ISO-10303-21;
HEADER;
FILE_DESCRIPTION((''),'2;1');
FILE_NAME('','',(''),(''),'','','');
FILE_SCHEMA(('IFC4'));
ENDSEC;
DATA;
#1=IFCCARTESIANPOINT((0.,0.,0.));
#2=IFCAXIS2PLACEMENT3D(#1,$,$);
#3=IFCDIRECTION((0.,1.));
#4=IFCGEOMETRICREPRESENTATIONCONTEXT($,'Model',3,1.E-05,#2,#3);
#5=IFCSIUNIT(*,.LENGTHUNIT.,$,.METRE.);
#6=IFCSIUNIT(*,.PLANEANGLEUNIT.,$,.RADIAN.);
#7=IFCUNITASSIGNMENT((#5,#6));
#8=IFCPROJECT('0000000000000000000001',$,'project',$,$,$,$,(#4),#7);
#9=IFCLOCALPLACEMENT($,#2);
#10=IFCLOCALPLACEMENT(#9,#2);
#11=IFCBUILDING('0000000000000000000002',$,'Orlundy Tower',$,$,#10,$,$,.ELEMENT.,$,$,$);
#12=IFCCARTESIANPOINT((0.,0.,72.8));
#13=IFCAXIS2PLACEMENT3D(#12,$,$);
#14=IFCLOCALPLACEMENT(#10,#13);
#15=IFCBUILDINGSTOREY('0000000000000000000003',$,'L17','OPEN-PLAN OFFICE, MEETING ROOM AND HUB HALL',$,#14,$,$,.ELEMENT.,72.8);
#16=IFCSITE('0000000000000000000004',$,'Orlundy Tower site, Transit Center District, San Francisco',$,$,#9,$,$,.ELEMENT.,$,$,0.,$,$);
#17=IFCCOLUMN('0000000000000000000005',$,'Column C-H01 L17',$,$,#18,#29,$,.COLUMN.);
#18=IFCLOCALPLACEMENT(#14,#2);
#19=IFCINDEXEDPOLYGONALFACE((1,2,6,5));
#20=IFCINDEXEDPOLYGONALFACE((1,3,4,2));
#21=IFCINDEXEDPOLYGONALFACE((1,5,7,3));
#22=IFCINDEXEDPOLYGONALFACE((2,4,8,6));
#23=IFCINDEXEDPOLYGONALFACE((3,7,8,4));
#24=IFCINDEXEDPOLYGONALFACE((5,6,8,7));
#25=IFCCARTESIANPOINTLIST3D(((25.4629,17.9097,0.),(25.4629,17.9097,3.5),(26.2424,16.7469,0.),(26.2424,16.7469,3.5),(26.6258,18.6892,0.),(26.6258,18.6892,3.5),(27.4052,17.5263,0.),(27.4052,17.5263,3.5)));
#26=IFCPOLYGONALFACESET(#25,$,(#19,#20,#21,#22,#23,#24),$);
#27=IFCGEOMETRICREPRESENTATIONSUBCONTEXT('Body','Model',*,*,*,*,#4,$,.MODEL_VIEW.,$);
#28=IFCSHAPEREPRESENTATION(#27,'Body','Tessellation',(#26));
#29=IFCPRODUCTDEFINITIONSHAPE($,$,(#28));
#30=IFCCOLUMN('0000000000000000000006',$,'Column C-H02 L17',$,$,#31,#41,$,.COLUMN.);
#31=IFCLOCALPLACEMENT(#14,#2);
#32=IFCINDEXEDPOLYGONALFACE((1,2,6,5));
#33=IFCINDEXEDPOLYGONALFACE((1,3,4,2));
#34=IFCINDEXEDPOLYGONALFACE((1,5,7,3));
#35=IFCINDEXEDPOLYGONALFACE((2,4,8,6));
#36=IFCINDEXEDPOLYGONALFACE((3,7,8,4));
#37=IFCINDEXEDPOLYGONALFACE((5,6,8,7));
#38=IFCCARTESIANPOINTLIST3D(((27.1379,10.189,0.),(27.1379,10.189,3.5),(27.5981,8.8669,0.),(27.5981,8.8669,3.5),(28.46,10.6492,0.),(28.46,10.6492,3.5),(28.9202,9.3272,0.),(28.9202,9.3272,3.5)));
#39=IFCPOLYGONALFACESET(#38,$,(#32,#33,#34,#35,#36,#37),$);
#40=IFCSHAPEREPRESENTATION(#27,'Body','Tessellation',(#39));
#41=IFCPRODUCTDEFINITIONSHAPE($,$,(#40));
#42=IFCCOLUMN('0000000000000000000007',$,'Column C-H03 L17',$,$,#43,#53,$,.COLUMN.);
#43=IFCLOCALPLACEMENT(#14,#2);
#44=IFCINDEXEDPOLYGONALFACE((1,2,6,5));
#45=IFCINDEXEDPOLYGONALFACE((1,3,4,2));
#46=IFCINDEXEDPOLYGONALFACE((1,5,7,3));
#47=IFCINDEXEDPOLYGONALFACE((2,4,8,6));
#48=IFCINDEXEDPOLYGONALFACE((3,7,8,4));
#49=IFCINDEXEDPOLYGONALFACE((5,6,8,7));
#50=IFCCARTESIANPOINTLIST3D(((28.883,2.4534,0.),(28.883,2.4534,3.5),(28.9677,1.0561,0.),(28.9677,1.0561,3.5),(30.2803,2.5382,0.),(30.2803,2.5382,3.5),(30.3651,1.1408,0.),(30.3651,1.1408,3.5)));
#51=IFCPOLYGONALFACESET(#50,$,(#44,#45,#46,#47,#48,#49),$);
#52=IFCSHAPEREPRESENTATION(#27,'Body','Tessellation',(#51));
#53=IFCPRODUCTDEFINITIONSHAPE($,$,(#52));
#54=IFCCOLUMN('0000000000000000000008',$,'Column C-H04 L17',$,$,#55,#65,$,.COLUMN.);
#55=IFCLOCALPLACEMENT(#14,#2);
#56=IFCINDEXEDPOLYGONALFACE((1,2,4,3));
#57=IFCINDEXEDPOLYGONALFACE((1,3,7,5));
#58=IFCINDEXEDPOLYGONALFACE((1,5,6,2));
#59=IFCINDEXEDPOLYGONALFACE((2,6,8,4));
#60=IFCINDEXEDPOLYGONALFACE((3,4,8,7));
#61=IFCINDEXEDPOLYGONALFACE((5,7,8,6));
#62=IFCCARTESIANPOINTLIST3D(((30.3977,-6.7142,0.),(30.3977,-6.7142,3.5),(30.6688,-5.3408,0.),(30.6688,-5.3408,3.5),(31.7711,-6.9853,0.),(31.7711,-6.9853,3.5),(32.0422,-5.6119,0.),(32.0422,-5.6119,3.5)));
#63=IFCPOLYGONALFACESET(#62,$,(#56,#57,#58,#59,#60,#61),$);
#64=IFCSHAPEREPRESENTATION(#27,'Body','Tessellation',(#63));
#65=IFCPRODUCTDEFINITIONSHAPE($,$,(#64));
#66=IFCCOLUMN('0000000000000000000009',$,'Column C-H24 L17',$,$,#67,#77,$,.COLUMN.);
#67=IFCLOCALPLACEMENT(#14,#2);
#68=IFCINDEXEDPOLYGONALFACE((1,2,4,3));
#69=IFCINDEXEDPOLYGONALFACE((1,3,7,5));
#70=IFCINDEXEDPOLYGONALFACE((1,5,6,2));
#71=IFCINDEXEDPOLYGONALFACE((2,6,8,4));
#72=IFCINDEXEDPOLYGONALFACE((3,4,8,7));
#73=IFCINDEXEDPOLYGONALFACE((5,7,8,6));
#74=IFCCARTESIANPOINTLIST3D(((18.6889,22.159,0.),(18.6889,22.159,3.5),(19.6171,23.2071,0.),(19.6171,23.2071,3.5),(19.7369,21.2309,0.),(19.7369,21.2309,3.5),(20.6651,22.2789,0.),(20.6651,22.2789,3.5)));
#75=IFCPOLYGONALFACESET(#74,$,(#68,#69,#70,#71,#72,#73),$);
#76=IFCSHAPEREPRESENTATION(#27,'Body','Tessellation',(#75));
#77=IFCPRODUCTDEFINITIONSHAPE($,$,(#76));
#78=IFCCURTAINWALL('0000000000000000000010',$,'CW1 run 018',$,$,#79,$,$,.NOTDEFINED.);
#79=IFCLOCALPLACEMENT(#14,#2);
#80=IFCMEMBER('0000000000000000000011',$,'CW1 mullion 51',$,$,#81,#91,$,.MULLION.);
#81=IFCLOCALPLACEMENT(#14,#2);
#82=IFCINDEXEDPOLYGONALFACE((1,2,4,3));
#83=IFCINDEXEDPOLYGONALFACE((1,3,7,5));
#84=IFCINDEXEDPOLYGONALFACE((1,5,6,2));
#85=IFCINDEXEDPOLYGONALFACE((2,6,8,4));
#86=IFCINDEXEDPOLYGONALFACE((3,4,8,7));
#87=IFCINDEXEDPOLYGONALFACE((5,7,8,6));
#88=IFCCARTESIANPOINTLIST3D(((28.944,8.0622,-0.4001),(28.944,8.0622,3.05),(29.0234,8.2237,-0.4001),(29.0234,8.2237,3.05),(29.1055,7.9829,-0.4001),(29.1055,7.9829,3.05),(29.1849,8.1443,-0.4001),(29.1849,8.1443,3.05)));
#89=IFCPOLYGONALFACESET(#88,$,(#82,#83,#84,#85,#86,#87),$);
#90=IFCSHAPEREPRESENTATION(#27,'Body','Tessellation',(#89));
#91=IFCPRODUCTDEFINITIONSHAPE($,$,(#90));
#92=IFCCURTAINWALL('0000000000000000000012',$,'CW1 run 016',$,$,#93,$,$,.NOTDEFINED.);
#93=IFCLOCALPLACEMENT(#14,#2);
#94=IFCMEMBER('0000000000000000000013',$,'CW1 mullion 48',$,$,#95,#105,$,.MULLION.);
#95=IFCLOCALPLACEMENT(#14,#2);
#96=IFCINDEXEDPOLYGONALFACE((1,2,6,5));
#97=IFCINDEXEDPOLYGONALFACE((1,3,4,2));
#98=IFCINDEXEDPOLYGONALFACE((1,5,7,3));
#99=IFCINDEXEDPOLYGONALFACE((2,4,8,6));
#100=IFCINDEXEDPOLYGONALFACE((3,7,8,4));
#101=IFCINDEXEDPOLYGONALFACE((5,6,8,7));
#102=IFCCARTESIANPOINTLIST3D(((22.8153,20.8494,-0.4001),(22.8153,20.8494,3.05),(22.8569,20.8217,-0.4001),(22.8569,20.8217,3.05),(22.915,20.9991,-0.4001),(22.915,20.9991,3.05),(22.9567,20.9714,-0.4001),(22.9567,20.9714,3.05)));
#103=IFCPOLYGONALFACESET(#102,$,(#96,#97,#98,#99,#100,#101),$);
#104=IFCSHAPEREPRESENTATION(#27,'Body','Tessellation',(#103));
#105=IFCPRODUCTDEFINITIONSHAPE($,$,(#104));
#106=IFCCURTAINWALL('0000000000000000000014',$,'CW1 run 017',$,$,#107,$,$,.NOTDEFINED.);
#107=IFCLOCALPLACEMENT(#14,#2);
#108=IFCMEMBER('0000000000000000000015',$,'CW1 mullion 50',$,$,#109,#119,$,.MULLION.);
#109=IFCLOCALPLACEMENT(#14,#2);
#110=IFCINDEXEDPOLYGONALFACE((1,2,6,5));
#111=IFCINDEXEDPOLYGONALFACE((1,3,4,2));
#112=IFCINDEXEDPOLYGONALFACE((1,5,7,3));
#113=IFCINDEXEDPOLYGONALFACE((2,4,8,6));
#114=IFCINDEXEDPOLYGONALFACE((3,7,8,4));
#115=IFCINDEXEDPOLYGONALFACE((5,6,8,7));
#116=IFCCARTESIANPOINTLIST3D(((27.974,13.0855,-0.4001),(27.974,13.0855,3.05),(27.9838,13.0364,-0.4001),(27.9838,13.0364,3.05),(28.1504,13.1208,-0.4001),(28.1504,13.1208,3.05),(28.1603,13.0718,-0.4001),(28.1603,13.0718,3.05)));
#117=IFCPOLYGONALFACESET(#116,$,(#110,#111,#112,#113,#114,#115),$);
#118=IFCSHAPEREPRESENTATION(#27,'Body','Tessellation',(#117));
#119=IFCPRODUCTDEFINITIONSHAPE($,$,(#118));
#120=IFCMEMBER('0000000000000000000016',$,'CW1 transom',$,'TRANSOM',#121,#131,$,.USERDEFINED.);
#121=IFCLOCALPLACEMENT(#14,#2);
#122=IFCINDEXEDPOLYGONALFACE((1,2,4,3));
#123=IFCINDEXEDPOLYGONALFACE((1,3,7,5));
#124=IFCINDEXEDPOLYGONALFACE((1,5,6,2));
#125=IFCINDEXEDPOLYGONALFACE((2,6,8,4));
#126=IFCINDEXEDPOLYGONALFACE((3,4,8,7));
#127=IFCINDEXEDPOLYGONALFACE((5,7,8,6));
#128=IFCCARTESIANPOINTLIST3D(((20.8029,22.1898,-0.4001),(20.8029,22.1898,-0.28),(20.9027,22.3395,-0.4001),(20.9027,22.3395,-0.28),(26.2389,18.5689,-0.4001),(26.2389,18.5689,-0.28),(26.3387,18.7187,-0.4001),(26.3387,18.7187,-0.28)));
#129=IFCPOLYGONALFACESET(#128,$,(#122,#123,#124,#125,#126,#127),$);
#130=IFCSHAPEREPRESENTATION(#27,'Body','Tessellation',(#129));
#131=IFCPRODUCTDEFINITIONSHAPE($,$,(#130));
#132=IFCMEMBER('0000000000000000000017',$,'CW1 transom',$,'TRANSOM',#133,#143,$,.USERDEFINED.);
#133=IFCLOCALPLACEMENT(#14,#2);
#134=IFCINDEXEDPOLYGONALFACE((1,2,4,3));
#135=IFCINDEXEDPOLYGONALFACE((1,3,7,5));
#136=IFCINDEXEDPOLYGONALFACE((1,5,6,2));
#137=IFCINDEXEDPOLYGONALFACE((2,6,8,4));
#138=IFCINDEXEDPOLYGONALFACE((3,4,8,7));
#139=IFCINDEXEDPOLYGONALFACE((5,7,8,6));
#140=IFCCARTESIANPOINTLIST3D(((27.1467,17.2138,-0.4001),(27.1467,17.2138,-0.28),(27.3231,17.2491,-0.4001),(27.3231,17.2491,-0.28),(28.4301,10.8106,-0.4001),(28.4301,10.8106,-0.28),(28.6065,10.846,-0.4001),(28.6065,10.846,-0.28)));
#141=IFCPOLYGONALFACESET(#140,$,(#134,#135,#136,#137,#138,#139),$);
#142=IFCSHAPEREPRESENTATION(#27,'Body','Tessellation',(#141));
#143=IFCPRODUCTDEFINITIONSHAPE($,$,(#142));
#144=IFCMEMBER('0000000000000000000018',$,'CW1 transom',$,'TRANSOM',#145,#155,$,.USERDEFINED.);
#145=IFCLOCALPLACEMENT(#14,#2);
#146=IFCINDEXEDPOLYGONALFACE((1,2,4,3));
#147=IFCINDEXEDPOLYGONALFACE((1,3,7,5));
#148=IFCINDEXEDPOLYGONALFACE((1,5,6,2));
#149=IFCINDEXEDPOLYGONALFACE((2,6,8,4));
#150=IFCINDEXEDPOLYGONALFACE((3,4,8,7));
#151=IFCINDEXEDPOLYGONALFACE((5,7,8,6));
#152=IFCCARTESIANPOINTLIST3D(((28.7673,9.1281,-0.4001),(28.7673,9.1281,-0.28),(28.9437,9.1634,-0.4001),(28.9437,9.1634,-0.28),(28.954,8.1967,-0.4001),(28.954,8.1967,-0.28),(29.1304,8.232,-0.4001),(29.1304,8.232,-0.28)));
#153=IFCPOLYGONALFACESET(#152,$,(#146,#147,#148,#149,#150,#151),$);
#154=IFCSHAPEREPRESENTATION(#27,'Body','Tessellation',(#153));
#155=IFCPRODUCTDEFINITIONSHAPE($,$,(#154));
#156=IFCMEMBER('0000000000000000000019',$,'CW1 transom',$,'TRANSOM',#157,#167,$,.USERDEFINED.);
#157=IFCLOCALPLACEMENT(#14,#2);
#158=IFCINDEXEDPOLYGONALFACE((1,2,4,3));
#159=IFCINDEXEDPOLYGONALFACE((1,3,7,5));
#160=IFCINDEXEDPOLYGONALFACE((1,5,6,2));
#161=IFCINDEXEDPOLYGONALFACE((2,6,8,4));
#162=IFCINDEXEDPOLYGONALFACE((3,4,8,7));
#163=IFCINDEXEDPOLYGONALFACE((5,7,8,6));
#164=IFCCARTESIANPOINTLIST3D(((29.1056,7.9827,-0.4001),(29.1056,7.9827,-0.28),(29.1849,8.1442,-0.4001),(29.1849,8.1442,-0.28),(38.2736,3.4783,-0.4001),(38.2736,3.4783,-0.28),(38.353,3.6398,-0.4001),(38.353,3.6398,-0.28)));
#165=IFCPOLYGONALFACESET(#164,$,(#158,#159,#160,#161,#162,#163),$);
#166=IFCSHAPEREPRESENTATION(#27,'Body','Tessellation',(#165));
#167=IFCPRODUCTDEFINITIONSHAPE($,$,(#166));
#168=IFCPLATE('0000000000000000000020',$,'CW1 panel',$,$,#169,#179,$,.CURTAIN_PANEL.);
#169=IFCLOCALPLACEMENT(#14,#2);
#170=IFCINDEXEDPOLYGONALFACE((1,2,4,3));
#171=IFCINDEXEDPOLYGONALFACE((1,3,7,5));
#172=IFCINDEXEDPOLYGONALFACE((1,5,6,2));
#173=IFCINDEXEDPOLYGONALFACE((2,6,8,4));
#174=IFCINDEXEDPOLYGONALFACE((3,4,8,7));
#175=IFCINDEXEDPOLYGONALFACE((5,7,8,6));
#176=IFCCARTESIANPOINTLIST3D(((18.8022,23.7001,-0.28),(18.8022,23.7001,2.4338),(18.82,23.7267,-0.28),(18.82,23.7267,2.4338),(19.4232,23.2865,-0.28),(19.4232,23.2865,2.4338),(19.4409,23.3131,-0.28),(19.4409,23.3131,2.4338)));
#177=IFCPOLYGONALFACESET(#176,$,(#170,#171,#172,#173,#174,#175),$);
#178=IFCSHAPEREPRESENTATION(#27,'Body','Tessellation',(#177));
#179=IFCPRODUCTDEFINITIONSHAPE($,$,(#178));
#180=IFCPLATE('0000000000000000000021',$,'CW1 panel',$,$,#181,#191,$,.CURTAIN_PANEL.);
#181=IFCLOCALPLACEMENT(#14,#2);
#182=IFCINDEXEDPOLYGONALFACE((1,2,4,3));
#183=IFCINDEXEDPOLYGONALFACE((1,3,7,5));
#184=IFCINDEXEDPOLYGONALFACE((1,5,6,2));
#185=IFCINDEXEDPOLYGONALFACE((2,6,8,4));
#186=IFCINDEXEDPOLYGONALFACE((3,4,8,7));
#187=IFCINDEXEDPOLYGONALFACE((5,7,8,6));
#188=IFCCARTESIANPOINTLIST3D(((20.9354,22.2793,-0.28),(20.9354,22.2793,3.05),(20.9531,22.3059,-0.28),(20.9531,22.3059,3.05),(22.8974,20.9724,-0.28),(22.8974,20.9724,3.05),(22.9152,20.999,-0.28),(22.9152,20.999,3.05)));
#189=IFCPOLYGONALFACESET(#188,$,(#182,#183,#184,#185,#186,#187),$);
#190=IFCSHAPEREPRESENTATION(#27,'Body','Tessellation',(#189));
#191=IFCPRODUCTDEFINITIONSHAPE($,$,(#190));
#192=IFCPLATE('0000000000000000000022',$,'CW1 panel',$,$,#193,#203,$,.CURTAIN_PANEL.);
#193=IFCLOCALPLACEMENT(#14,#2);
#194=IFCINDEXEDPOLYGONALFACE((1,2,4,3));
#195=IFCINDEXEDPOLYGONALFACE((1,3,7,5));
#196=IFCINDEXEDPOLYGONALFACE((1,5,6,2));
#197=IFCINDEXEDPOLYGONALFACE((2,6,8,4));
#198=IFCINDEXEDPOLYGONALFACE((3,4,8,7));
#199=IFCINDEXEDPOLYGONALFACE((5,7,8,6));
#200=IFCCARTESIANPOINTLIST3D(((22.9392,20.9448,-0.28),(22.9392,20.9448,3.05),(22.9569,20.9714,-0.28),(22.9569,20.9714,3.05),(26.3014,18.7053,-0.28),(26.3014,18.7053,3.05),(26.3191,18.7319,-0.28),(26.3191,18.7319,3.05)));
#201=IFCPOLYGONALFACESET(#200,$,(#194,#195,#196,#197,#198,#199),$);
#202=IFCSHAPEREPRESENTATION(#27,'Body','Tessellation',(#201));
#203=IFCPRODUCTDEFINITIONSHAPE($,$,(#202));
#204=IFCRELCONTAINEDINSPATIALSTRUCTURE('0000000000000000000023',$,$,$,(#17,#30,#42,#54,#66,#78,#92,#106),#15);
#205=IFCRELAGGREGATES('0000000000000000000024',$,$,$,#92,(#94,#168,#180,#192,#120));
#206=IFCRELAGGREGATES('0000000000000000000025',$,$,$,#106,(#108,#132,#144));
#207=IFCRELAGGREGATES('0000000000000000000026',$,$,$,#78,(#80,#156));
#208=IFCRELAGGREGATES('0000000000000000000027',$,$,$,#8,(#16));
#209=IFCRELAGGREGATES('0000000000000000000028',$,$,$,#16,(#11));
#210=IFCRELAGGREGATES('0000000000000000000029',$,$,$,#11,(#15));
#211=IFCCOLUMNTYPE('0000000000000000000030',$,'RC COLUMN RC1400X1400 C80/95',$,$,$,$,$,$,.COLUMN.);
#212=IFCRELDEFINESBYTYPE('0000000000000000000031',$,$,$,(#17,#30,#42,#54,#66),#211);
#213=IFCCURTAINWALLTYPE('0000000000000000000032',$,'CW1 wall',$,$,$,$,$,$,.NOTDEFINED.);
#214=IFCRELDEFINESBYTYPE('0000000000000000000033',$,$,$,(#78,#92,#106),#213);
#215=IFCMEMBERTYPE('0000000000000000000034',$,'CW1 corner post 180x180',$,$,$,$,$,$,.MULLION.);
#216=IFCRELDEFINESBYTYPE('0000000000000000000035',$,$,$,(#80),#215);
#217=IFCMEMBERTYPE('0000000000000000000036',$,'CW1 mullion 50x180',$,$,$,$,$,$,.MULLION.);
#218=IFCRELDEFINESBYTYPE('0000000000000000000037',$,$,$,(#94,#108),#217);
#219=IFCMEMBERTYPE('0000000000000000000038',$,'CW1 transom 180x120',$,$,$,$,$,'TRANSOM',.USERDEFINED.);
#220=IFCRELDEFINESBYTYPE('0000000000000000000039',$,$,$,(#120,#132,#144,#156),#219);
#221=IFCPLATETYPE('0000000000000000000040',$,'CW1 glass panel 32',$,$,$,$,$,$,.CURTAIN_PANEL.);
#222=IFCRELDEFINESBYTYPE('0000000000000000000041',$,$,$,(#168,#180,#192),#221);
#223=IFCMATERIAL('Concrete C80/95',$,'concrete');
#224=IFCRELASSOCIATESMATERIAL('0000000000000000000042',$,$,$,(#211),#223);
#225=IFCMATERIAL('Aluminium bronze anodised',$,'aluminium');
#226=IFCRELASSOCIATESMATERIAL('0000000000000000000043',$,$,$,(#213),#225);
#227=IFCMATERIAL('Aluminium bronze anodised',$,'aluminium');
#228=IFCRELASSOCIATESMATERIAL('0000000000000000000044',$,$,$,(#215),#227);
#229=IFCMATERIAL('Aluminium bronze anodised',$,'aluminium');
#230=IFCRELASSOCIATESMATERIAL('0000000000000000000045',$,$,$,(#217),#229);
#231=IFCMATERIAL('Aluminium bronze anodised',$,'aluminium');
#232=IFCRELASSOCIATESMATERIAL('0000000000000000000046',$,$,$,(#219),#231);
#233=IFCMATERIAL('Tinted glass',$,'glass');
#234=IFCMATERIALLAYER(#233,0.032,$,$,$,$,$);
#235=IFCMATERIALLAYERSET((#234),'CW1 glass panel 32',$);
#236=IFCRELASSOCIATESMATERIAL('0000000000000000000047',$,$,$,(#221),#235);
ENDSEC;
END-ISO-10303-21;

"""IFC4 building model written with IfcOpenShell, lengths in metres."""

from ifc_helpers import new_model, si_unit, direction, frame, origin, origin_2d, place, context, subcontext, project, spatial, rectangle, extrude, material, layer, layer_set, material_profile, profile_set, type_object, element, aggregate, save


model = new_model("IFC4")

# Units and contexts
model_context = context("Model", 3, precision=1e-05, world=origin(), true_north=direction((0.0, 1.0)))
body_context = subcontext(model_context, "Body", "Model", "MODEL_VIEW")
ifc_project = project(units=[si_unit("LENGTHUNIT", "METRE"), si_unit("PLANEANGLEUNIT", "RADIAN")], contexts=[model_context])

# Site, building, storey
site_placement = place(None, origin())
site = spatial("IfcSite", under=ifc_project, at=site_placement, Name="Orlundy Tower site, Transit Center District, San Francisco", CompositionType="ELEMENT", RefElevation=0.0)
building_placement = place(site_placement, origin())
building = spatial("IfcBuilding", under=site, at=building_placement, Name="Orlundy Tower", CompositionType="ELEMENT")
storey_placement = place(building_placement, frame((0.0, 0.0, 72.8)))
storey = spatial("IfcBuildingStorey", under=building, at=storey_placement, Name="L17", Description="OPEN-PLAN OFFICE, MEETING ROOM AND HUB HALL", CompositionType="ELEMENT", Elevation=72.8)

# Columns
ifc_material_1 = material(Name="Concrete C80/95", Category="concrete")
ifc_material_profile_1 = material_profile(ifc_material_1, rectangle(XDim=1.3999, YDim=1.3999, at=origin_2d()), Name="RC1400X1400")
ifc_profile_set_1 = profile_set([ifc_material_profile_1], Name="Concrete C80/95")
column_type = type_object("IfcColumnType", Name="RC COLUMN RC1400X1400 C80/95", PredefinedType="COLUMN", material=ifc_profile_set_1)
for number, where, z_axis, x_axis, name in (
    (1, (26.4341, 17.718, 0.0), (0.0, 0.0, 1.0), (0.830664, 0.556774, 0.0), "Column C-H01 L17"),
    (2, (28.0291, 9.7581, 0.0), (0.0, 0.0, 1.0), (0.944405, 0.328784, 0.0), "Column C-H02 L17"),
    (3, (29.624, 1.7971, 0.0), (0.0, 0.0, 1.0), (0.998166, 0.060543, 0.0), "Column C-H03 L17"),
    (4, (31.22, -6.1631, 0.0), (0.0, 0.0, 1.0), (0.981067, -0.193669, 0.0), "Column C-H04 L17"),
    (5, (19.677, 22.219, 0.0), (0.0, 0.0, 1.0), (0.662986, 0.748632, 0.0), "Column C-H24 L17"),
):
    element("IfcColumn", number, at=place(storey_placement, frame(where, z_axis=z_axis, x_axis=x_axis)), inside=storey, type_object=column_type, Name=name, PredefinedType="COLUMN", context=body_context, shape_type="SweptSolid", body=[
        extrude(rectangle(XDim=1.3999, YDim=1.3999, at=origin_2d()), origin(), (0.0, 0.0, 1.0), 3.5),
    ])

# Curtain walls, members
ifc_material_2 = material(Name="Aluminium bronze anodised", Category="aluminium")
curtain_wall_type = type_object("IfcCurtainWallType", Name="CW1 wall", PredefinedType="NOTDEFINED", material=ifc_material_2)
curtain_wall_1_placement = place(storey_placement, origin())
curtain_wall_1 = element("IfcCurtainWall", 6, at=curtain_wall_1_placement, inside=storey, type_object=curtain_wall_type, Name="CW1 run 018", PredefinedType="NOTDEFINED")
ifc_material_3 = material(Name="Aluminium bronze anodised", Category="aluminium")
ifc_material_profile_2 = material_profile(ifc_material_3, rectangle(XDim=0.1799, YDim=0.1799, at=origin_2d()), Name="CW1 corner post 180x180")
ifc_profile_set_2 = profile_set([ifc_material_profile_2], Name="Aluminium bronze anodised")
member_type_1 = type_object("IfcMemberType", Name="CW1 corner post 180x180", PredefinedType="MULLION", material=ifc_profile_set_2)
member_1_placement = place(storey_placement, frame((29.0645, 8.1033, -0.4001), z_axis=(0.0, 0.0, 1.0), x_axis=(0.440978, 0.897518, 0.0)))
member_1 = element("IfcMember", 7, at=member_1_placement, type_object=member_type_1, Name="CW1 mullion 51", PredefinedType="MULLION", context=body_context, shape_type="SweptSolid", body=[
    extrude(rectangle(XDim=0.1799, YDim=0.1799, at=origin_2d()), origin(), (0.0, 0.0, 1.0), 3.4502),
])
curtain_wall_2_placement = place(storey_placement, origin())
curtain_wall_2 = element("IfcCurtainWall", 8, at=curtain_wall_2_placement, inside=storey, type_object=curtain_wall_type, Name="CW1 run 016", PredefinedType="NOTDEFINED")
ifc_material_4 = material(Name="Aluminium bronze anodised", Category="aluminium")
ifc_material_profile_3 = material_profile(ifc_material_4, rectangle(XDim=0.1799, YDim=0.05, at=origin_2d()), Name="CW1 mullion 50x180")
ifc_profile_set_3 = profile_set([ifc_material_profile_3], Name="Aluminium bronze anodised")
member_type_2 = type_object("IfcMemberType", Name="CW1 mullion 50x180", PredefinedType="MULLION", material=ifc_profile_set_3)
member_2_placement = place(storey_placement, frame((22.886, 20.9104, -0.4001), z_axis=(0.0, 0.0, 1.0), x_axis=(0.554357, 0.832279, 0.0)))
member_2 = element("IfcMember", 9, at=member_2_placement, type_object=member_type_2, Name="CW1 mullion 48", PredefinedType="MULLION", context=body_context, shape_type="SweptSolid", body=[
    extrude(rectangle(XDim=0.1799, YDim=0.05, at=origin_2d()), origin(), (0.0, 0.0, 1.0), 3.4502),
])
curtain_wall_3_placement = place(storey_placement, origin())
curtain_wall_3 = element("IfcCurtainWall", 10, at=curtain_wall_3_placement, inside=storey, type_object=curtain_wall_type, Name="CW1 run 017", PredefinedType="NOTDEFINED")
member_3_placement = place(storey_placement, frame((28.0671, 13.0786, -0.4001), z_axis=(0.0, 0.0, 1.0), x_axis=(0.980498, 0.196529, 0.0)))
member_3 = element("IfcMember", 11, at=member_3_placement, type_object=member_type_2, Name="CW1 mullion 50", PredefinedType="MULLION", context=body_context, shape_type="SweptSolid", body=[
    extrude(rectangle(XDim=0.1799, YDim=0.05, at=origin_2d()), origin(), (0.0, 0.0, 1.0), 3.4502),
])

# Members
ifc_material_5 = material(Name="Aluminium bronze anodised", Category="aluminium")
ifc_material_profile_4 = material_profile(ifc_material_5, rectangle(XDim=0.1799, YDim=0.1201, at=origin_2d()), Name="CW1 transom 180x120")
ifc_profile_set_4 = profile_set([ifc_material_profile_4], Name="Aluminium bronze anodised")
member_type_3 = type_object("IfcMemberType", Name="CW1 transom 180x120", ElementType="TRANSOM", PredefinedType="USERDEFINED", material=ifc_profile_set_4)
member_4_placement = place(storey_placement, frame((20.8528, 22.2646, -0.3401), z_axis=(0.832274, -0.554364, 0.0), x_axis=(0.554364, 0.832274, 0.0)))
member_4 = element("IfcMember", 12, at=member_4_placement, type_object=member_type_3, Name="CW1 transom", ObjectType="TRANSOM", PredefinedType="USERDEFINED", context=body_context, shape_type="SweptSolid", body=[
    extrude(rectangle(XDim=0.1799, YDim=0.1201, at=origin_2d()), origin(), (0.0, 0.0, 1.0), 6.5315),
])
member_5_placement = place(storey_placement, frame((27.2349, 17.2314, -0.3401), z_axis=(0.196533, -0.980497, 0.0), x_axis=(0.980497, 0.196533, 0.0)))
member_5 = element("IfcMember", 13, at=member_5_placement, type_object=member_type_3, Name="CW1 transom", ObjectType="TRANSOM", PredefinedType="USERDEFINED", context=body_context, shape_type="SweptSolid", body=[
    extrude(rectangle(XDim=0.1799, YDim=0.1201, at=origin_2d()), origin(), (0.0, 0.0, 1.0), 6.5305),
])
member_6_placement = place(storey_placement, frame((28.8555, 9.1458, -0.3401), z_axis=(0.19661, -0.980482, 0.0), x_axis=(0.980482, 0.19661, 0.0)))
member_6 = element("IfcMember", 14, at=member_6_placement, type_object=member_type_3, Name="CW1 transom", ObjectType="TRANSOM", PredefinedType="USERDEFINED", context=body_context, shape_type="SweptSolid", body=[
    extrude(rectangle(XDim=0.1799, YDim=0.1201, at=origin_2d()), origin(), (0.0, 0.0, 1.0), 0.95),
])
member_7_placement = place(storey_placement, frame((29.1453, 8.0635, -0.3401), z_axis=(0.897522, -0.440969, 0.0), x_axis=(0.440969, 0.897522, 0.0)))
member_7 = element("IfcMember", 15, at=member_7_placement, type_object=member_type_3, Name="CW1 transom", ObjectType="TRANSOM", PredefinedType="USERDEFINED", context=body_context, shape_type="SweptSolid", body=[
    extrude(rectangle(XDim=0.1799, YDim=0.1201, at=origin_2d()), origin(), (0.0, 0.0, 1.0), 10.2148),
])

# Plates
ifc_material_6 = material(Name="Tinted glass", Category="glass")
ifc_layer_1 = layer(ifc_material_6, 0.032)
ifc_layer_set_1 = layer_set([ifc_layer_1], Name="CW1 glass panel 32")
plate_type = type_object("IfcPlateType", Name="CW1 glass panel 32", PredefinedType="CURTAIN_PANEL", material=ifc_layer_set_1)
plate_1_placement = place(storey_placement, frame((19.1216, 23.5066, -0.28), z_axis=(0.0, 0.0, 1.0), x_axis=(0.832279, -0.554357, 0.0)))
plate_1 = element("IfcPlate", 16, at=plate_1_placement, type_object=plate_type, Name="CW1 panel", PredefinedType="CURTAIN_PANEL", context=body_context, shape_type="SweptSolid", body=[
    extrude(rectangle(XDim=0.7461, YDim=0.032, at=origin_2d()), origin(), (0.0, 0.0, 1.0), 2.7139),
])
plate_2_placement = place(storey_placement, frame((21.9253, 21.6392, -0.28), z_axis=(0.0, 0.0, 1.0), x_axis=(0.832279, -0.554357, 0.0)))
plate_2 = element("IfcPlate", 17, at=plate_2_placement, type_object=plate_type, Name="CW1 panel", PredefinedType="CURTAIN_PANEL", context=body_context, shape_type="SweptSolid", body=[
    extrude(rectangle(XDim=2.3574, YDim=0.032, at=origin_2d()), origin(), (0.0, 0.0, 1.0), 3.3301),
])
plate_3_placement = place(storey_placement, frame((24.6292, 19.8384, -0.28), z_axis=(0.0, 0.0, 1.0), x_axis=(0.832279, -0.554357, 0.0)))
plate_3 = element("IfcPlate", 18, at=plate_3_placement, type_object=plate_type, Name="CW1 panel", PredefinedType="CURTAIN_PANEL", context=body_context, shape_type="SweptSolid", body=[
    extrude(rectangle(XDim=4.0398, YDim=0.032, at=origin_2d()), origin(), (0.0, 0.0, 1.0), 3.3301),
])
aggregate(curtain_wall_2, [member_2, plate_1, plate_2, plate_3, member_4])
aggregate(curtain_wall_3, [member_3, member_5, member_6])
aggregate(curtain_wall_1, [member_1, member_7])

save(model, "model.ifc")
